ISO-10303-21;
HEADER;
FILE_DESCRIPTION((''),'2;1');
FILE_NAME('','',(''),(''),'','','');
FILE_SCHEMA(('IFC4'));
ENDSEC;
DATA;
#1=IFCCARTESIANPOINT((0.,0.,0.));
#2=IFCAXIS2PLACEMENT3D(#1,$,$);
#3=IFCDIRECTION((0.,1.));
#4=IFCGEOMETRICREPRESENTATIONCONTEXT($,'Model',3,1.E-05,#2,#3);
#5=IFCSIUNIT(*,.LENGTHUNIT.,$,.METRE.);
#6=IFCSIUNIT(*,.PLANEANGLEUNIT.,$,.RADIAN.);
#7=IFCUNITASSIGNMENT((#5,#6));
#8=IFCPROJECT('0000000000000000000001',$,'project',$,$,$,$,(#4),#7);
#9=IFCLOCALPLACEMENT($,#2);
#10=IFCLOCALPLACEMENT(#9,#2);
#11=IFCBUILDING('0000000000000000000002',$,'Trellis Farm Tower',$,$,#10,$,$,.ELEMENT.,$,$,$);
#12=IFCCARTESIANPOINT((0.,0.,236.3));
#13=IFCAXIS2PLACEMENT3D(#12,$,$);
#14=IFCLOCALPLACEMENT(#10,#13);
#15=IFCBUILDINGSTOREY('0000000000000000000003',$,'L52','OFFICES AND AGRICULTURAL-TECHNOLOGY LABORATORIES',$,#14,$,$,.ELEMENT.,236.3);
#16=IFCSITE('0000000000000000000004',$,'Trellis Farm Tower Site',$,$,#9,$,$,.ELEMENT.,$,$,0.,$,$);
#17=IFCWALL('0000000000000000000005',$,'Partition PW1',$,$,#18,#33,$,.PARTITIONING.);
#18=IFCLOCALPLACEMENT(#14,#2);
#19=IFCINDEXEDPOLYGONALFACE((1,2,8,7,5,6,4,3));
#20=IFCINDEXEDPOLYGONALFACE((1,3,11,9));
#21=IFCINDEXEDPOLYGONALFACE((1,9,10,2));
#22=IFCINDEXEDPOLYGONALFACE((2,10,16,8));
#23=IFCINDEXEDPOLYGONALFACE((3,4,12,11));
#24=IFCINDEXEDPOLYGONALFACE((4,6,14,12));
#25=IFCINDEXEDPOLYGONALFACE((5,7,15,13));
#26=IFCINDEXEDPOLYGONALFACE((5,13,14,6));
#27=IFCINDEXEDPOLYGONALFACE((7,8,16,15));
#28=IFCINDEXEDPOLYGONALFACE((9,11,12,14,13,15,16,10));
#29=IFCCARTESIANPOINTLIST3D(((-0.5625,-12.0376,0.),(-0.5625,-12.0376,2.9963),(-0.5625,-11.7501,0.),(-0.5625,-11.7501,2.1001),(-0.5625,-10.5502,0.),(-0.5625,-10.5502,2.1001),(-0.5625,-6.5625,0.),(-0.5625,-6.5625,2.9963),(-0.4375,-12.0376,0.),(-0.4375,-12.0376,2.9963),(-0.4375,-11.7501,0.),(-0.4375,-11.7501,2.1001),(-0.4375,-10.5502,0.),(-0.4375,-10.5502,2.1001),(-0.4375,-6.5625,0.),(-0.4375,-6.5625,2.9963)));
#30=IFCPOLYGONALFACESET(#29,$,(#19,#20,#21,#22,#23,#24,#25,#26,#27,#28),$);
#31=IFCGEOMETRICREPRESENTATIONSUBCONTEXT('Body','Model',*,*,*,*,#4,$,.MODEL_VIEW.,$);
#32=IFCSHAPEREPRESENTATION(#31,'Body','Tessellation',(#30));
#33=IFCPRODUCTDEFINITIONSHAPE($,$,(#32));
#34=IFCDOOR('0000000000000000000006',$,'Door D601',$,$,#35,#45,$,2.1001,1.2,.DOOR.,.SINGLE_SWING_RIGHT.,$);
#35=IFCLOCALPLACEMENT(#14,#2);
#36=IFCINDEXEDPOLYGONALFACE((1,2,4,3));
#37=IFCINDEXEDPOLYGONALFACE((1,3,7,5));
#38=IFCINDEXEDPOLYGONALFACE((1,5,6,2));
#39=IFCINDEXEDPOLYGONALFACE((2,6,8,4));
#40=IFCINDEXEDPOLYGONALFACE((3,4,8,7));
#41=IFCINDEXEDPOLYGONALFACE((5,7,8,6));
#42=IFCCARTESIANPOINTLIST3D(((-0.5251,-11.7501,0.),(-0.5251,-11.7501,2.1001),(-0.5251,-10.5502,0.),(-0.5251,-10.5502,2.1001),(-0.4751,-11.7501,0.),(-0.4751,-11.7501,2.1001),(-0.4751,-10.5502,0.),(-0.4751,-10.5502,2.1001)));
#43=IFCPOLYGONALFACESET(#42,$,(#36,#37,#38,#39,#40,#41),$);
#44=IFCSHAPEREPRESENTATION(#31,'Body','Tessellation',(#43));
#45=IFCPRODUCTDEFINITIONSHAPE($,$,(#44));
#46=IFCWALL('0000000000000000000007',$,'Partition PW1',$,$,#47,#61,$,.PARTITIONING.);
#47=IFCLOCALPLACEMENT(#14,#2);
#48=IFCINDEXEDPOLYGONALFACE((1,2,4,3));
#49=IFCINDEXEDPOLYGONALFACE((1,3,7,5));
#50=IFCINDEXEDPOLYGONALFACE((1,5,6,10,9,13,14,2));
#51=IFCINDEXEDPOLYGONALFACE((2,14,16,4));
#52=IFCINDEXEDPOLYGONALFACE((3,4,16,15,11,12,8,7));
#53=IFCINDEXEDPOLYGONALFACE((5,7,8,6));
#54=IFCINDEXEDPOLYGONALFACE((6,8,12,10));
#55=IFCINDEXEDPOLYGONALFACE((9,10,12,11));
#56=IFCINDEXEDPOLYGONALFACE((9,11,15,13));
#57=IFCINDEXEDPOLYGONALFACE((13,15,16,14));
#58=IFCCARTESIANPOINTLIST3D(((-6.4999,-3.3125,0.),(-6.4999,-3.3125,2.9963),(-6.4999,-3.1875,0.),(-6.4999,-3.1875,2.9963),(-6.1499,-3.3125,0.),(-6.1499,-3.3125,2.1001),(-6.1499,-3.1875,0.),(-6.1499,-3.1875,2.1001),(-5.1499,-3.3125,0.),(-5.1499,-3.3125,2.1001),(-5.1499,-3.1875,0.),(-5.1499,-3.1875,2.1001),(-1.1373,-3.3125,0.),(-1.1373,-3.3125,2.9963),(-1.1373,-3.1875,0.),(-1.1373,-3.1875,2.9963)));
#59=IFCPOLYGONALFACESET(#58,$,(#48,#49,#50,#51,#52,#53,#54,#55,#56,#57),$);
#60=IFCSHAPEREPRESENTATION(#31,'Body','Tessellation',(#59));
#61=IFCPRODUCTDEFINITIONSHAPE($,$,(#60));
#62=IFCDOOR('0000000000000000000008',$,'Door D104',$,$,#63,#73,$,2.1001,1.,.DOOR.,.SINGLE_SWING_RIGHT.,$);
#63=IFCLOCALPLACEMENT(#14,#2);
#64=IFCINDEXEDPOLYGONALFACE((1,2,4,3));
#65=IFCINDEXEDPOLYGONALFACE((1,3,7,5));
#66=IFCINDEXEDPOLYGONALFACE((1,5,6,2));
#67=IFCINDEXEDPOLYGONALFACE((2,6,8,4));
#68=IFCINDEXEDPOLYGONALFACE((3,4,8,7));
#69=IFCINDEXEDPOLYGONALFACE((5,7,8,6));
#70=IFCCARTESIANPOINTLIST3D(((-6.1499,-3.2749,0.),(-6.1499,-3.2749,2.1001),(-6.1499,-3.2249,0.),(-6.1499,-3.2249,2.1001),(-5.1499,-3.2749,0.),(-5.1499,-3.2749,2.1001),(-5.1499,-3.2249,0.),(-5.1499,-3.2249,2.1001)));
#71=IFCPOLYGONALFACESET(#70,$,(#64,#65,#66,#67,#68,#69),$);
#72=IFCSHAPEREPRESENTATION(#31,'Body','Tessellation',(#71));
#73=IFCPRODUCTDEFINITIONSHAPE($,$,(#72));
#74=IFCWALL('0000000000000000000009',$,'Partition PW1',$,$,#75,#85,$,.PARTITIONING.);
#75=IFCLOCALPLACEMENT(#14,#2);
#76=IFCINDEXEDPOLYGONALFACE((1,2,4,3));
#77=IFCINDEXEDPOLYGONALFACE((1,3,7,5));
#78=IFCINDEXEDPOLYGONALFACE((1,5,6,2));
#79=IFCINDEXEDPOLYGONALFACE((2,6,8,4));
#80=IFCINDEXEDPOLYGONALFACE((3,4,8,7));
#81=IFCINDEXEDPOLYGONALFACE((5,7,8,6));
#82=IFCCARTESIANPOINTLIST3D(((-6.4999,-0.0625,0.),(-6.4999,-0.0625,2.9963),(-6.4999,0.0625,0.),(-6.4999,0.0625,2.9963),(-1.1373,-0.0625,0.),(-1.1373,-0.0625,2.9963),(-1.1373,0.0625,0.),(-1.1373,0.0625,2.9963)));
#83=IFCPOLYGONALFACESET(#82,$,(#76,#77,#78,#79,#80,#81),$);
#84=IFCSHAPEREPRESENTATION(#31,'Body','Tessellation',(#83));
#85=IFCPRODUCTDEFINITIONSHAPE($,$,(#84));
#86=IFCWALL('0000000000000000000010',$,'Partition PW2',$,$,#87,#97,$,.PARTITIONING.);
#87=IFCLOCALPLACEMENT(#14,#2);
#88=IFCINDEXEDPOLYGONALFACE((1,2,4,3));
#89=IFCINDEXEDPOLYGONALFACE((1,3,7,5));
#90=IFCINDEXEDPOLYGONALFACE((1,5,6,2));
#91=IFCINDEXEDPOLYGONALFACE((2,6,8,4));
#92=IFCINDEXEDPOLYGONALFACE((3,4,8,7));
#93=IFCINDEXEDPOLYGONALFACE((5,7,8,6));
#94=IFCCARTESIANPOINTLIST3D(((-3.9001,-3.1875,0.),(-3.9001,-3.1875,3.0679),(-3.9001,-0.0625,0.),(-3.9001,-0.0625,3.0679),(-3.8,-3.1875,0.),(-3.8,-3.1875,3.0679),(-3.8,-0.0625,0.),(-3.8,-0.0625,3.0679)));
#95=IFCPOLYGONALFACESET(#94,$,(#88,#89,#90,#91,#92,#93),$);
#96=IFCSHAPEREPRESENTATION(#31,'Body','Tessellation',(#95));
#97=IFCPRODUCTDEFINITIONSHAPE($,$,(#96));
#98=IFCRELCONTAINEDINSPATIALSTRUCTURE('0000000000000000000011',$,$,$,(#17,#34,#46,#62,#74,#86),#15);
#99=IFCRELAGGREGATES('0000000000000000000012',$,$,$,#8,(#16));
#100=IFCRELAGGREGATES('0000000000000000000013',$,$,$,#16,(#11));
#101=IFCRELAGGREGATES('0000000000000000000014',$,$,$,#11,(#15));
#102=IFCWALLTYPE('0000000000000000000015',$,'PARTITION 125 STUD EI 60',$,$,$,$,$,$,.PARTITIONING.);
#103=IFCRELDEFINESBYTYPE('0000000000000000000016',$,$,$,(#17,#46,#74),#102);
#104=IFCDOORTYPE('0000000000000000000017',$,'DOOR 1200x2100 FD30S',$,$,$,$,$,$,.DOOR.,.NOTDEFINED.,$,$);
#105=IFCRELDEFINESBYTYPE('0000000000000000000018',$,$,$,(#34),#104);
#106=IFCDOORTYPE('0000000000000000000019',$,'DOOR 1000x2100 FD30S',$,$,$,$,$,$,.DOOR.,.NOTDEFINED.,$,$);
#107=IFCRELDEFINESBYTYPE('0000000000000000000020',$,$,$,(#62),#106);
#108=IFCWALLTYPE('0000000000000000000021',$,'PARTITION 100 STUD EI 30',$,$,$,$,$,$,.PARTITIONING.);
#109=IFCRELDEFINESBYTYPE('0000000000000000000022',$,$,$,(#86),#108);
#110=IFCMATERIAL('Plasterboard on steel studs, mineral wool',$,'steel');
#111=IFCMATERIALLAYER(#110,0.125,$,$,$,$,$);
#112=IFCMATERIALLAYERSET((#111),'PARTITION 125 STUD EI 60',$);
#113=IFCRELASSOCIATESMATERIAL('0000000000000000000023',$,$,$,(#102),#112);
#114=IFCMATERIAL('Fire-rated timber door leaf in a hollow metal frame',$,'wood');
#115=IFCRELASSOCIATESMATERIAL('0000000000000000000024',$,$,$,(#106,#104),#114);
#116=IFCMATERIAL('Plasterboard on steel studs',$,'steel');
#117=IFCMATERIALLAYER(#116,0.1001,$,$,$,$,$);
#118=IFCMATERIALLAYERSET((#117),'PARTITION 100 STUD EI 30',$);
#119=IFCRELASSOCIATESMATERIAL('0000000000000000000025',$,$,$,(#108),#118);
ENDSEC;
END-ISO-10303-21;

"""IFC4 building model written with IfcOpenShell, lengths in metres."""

from ifc_helpers import new_model, si_unit, direction, frame, frame_2d, origin, place, context, subcontext, project, spatial, rectangle, extrude, source, transform, mapped, material, layer, layer_set, type_object, element, fill, save


model = new_model("IFC4")

# Units and contexts
model_context = context("Model", 3, precision=1e-05, world=origin(), true_north=direction((0.0, 1.0)))
body_context = subcontext(model_context, "Body", "Model", "MODEL_VIEW")
ifc_project = project(units=[si_unit("LENGTHUNIT", "METRE"), si_unit("PLANEANGLEUNIT", "RADIAN")], contexts=[model_context])

# Site, building, storey
site_placement = place(None, origin())
site = spatial("IfcSite", under=ifc_project, at=site_placement, Name="Trellis Farm Tower Site", CompositionType="ELEMENT", RefElevation=0.0)
building_placement = place(site_placement, origin())
building = spatial("IfcBuilding", under=site, at=building_placement, Name="Trellis Farm Tower", CompositionType="ELEMENT")
storey_placement = place(building_placement, frame((0.0, 0.0, 236.3)))
storey = spatial("IfcBuildingStorey", under=building, at=storey_placement, Name="L52", Description="OFFICES AND AGRICULTURAL-TECHNOLOGY LABORATORIES", CompositionType="ELEMENT", Elevation=236.3)

# Shared definitions
ifc_material_1 = material(Name="Plasterboard on steel studs, mineral wool", Category="steel")
ifc_layer_1 = layer(ifc_material_1, 0.125)
ifc_layer_set_1 = layer_set([ifc_layer_1], Name="PARTITION 125 STUD EI 60")
wall_type_1 = type_object("IfcWallType", Name="PARTITION 125 STUD EI 60", PredefinedType="PARTITIONING", material=ifc_layer_set_1)
shared_shape_1 = source(origin(), body_context, "Body", "SweptSolid", [
    extrude(rectangle(XDim=1.0, YDim=2.1001, at=frame_2d((0.5, 1.05))), frame((0.0, 0.0725, 0.0), z_axis=(0.0, -1.0, 0.0), x_axis=(1.0, 0.0, 0.0)), (0.0, 0.0, 1.0), 0.145),
])
ifc_material_2 = material(Name="Fire-rated timber door leaf in a hollow metal frame", Category="wood")
door_type_1 = type_object("IfcDoorType", Name="DOOR 1000x2100 FD30S", OperationType="NOTDEFINED", PredefinedType="DOOR", material=ifc_material_2)
shared_shape_2 = source(origin(), body_context, "Body", "SweptSolid", [
    extrude(rectangle(XDim=1.0, YDim=2.1001, at=frame_2d((0.5, 1.05))), frame((0.0, 0.0249, 0.0), z_axis=(0.0, -1.0, 0.0), x_axis=(1.0, 0.0, 0.0)), (0.0, 0.0, 1.0), 0.05),
])

# Walls, openings, doors
shared_shape_3 = source(origin(), body_context, "Body", "SweptSolid", [
    extrude(rectangle(XDim=5.4751, YDim=0.125, at=frame_2d((2.7375, 0.0))), origin(), (0.0, 0.0, 1.0), 2.9963),
])
wall_1_placement = place(storey_placement, frame((-0.5, -6.5625, 0.0), z_axis=(0.0, 0.0, 1.0), x_axis=(0.0, -1.0, 0.0)))
wall_1 = element("IfcWall", 1, at=wall_1_placement, inside=storey, type_object=wall_type_1, Name="Partition PW1", PredefinedType="PARTITIONING", context=body_context, shape_type="MappedRepresentation", body=[
    mapped(shared_shape_3, transform((0.0, 0.0, 0.0))),
])
shared_shape_4 = source(origin(), body_context, "Body", "SweptSolid", [
    extrude(rectangle(XDim=1.2, YDim=2.1001, at=frame_2d((0.6001, 1.05))), frame((0.0, 0.0725, 0.0), z_axis=(0.0, -1.0, 0.0), x_axis=(1.0, 0.0, 0.0)), (0.0, 0.0, 1.0), 0.145),
])
opening_1_placement = place(wall_1_placement, frame((3.9875, 0.0, 0.0)))
opening_1 = element("IfcOpeningElement", 2, at=opening_1_placement, cuts=wall_1, PredefinedType="OPENING", context=body_context, shape_type="MappedRepresentation", body=[
    mapped(shared_shape_4, transform((0.0, 0.0, 0.0))),
])
door_type_2 = type_object("IfcDoorType", Name="DOOR 1200x2100 FD30S", OperationType="NOTDEFINED", PredefinedType="DOOR", material=ifc_material_2)
shared_shape_5 = source(origin(), body_context, "Body", "SweptSolid", [
    extrude(rectangle(XDim=1.2, YDim=2.1001, at=frame_2d((0.6001, 1.05))), frame((0.0, 0.0249, 0.0), z_axis=(0.0, -1.0, 0.0), x_axis=(1.0, 0.0, 0.0)), (0.0, 0.0, 1.0), 0.05),
])
door_1_placement = place(opening_1_placement, origin())
door_1 = element("IfcDoor", 3, at=door_1_placement, inside=storey, type_object=door_type_2, Name="Door D601", OperationType="SINGLE_SWING_RIGHT", OverallHeight=2.1001, OverallWidth=1.2, PredefinedType="DOOR", context=body_context, shape_type="MappedRepresentation", body=[
    mapped(shared_shape_5, transform((0.0, 0.0, 0.0))),
])
fill(opening_1, door_1)
shared_shape_6 = source(origin(), body_context, "Body", "SweptSolid", [
    extrude(rectangle(XDim=5.3625, YDim=0.125, at=frame_2d((2.6812, 0.0))), origin(), (0.0, 0.0, 1.0), 2.9963),
])
wall_2_placement = place(storey_placement, frame((-1.1375, -3.25, 0.0), z_axis=(0.0, 0.0, 1.0), x_axis=(-1.0, 0.0, 0.0)))
wall_2 = element("IfcWall", 4, at=wall_2_placement, inside=storey, type_object=wall_type_1, Name="Partition PW1", PredefinedType="PARTITIONING", context=body_context, shape_type="MappedRepresentation", body=[
    mapped(shared_shape_6, transform((0.0, 0.0, 0.0))),
])
opening_2_placement = place(wall_2_placement, frame((4.0125, 0.0, 0.0)))
opening_2 = element("IfcOpeningElement", 5, at=opening_2_placement, cuts=wall_2, PredefinedType="OPENING", context=body_context, shape_type="MappedRepresentation", body=[
    mapped(shared_shape_1, transform((0.0, 0.0, 0.0))),
])
door_2_placement = place(opening_2_placement, origin())
door_2 = element("IfcDoor", 6, at=door_2_placement, inside=storey, type_object=door_type_1, Name="Door D104", OperationType="SINGLE_SWING_RIGHT", OverallHeight=2.1001, OverallWidth=1.0, PredefinedType="DOOR", context=body_context, shape_type="MappedRepresentation", body=[
    mapped(shared_shape_2, transform((0.0, 0.0, 0.0))),
])
fill(opening_2, door_2)

# Walls
wall_3_placement = place(storey_placement, frame((-1.1375, 0.0, 0.0), z_axis=(0.0, 0.0, 1.0), x_axis=(-1.0, 0.0, 0.0)))
element("IfcWall", 7, at=wall_3_placement, inside=storey, type_object=wall_type_1, Name="Partition PW1", PredefinedType="PARTITIONING", context=body_context, shape_type="MappedRepresentation", body=[
    mapped(shared_shape_6, transform((0.0, 0.0, 0.0))),
])
ifc_material_3 = material(Name="Plasterboard on steel studs", Category="steel")
ifc_layer_2 = layer(ifc_material_3, 0.1001)
ifc_layer_set_2 = layer_set([ifc_layer_2], Name="PARTITION 100 STUD EI 30")
wall_type_2 = type_object("IfcWallType", Name="PARTITION 100 STUD EI 30", PredefinedType="PARTITIONING", material=ifc_layer_set_2)
shared_shape_7 = source(origin(), body_context, "Body", "SweptSolid", [
    extrude(rectangle(XDim=3.125, YDim=0.1001, at=frame_2d((1.5625, 0.0))), origin(), (0.0, 0.0, 1.0), 3.0679),
])
wall_4_placement = place(storey_placement, frame((-3.8501, -3.1875, 0.0), z_axis=(0.0, 0.0, 1.0), x_axis=(0.0, 1.0, 0.0)))
element("IfcWall", 8, at=wall_4_placement, inside=storey, type_object=wall_type_2, Name="Partition PW2", PredefinedType="PARTITIONING", context=body_context, shape_type="MappedRepresentation", body=[
    mapped(shared_shape_7, transform((0.0, 0.0, 0.0))),
])

save(model, "model.ifc")
